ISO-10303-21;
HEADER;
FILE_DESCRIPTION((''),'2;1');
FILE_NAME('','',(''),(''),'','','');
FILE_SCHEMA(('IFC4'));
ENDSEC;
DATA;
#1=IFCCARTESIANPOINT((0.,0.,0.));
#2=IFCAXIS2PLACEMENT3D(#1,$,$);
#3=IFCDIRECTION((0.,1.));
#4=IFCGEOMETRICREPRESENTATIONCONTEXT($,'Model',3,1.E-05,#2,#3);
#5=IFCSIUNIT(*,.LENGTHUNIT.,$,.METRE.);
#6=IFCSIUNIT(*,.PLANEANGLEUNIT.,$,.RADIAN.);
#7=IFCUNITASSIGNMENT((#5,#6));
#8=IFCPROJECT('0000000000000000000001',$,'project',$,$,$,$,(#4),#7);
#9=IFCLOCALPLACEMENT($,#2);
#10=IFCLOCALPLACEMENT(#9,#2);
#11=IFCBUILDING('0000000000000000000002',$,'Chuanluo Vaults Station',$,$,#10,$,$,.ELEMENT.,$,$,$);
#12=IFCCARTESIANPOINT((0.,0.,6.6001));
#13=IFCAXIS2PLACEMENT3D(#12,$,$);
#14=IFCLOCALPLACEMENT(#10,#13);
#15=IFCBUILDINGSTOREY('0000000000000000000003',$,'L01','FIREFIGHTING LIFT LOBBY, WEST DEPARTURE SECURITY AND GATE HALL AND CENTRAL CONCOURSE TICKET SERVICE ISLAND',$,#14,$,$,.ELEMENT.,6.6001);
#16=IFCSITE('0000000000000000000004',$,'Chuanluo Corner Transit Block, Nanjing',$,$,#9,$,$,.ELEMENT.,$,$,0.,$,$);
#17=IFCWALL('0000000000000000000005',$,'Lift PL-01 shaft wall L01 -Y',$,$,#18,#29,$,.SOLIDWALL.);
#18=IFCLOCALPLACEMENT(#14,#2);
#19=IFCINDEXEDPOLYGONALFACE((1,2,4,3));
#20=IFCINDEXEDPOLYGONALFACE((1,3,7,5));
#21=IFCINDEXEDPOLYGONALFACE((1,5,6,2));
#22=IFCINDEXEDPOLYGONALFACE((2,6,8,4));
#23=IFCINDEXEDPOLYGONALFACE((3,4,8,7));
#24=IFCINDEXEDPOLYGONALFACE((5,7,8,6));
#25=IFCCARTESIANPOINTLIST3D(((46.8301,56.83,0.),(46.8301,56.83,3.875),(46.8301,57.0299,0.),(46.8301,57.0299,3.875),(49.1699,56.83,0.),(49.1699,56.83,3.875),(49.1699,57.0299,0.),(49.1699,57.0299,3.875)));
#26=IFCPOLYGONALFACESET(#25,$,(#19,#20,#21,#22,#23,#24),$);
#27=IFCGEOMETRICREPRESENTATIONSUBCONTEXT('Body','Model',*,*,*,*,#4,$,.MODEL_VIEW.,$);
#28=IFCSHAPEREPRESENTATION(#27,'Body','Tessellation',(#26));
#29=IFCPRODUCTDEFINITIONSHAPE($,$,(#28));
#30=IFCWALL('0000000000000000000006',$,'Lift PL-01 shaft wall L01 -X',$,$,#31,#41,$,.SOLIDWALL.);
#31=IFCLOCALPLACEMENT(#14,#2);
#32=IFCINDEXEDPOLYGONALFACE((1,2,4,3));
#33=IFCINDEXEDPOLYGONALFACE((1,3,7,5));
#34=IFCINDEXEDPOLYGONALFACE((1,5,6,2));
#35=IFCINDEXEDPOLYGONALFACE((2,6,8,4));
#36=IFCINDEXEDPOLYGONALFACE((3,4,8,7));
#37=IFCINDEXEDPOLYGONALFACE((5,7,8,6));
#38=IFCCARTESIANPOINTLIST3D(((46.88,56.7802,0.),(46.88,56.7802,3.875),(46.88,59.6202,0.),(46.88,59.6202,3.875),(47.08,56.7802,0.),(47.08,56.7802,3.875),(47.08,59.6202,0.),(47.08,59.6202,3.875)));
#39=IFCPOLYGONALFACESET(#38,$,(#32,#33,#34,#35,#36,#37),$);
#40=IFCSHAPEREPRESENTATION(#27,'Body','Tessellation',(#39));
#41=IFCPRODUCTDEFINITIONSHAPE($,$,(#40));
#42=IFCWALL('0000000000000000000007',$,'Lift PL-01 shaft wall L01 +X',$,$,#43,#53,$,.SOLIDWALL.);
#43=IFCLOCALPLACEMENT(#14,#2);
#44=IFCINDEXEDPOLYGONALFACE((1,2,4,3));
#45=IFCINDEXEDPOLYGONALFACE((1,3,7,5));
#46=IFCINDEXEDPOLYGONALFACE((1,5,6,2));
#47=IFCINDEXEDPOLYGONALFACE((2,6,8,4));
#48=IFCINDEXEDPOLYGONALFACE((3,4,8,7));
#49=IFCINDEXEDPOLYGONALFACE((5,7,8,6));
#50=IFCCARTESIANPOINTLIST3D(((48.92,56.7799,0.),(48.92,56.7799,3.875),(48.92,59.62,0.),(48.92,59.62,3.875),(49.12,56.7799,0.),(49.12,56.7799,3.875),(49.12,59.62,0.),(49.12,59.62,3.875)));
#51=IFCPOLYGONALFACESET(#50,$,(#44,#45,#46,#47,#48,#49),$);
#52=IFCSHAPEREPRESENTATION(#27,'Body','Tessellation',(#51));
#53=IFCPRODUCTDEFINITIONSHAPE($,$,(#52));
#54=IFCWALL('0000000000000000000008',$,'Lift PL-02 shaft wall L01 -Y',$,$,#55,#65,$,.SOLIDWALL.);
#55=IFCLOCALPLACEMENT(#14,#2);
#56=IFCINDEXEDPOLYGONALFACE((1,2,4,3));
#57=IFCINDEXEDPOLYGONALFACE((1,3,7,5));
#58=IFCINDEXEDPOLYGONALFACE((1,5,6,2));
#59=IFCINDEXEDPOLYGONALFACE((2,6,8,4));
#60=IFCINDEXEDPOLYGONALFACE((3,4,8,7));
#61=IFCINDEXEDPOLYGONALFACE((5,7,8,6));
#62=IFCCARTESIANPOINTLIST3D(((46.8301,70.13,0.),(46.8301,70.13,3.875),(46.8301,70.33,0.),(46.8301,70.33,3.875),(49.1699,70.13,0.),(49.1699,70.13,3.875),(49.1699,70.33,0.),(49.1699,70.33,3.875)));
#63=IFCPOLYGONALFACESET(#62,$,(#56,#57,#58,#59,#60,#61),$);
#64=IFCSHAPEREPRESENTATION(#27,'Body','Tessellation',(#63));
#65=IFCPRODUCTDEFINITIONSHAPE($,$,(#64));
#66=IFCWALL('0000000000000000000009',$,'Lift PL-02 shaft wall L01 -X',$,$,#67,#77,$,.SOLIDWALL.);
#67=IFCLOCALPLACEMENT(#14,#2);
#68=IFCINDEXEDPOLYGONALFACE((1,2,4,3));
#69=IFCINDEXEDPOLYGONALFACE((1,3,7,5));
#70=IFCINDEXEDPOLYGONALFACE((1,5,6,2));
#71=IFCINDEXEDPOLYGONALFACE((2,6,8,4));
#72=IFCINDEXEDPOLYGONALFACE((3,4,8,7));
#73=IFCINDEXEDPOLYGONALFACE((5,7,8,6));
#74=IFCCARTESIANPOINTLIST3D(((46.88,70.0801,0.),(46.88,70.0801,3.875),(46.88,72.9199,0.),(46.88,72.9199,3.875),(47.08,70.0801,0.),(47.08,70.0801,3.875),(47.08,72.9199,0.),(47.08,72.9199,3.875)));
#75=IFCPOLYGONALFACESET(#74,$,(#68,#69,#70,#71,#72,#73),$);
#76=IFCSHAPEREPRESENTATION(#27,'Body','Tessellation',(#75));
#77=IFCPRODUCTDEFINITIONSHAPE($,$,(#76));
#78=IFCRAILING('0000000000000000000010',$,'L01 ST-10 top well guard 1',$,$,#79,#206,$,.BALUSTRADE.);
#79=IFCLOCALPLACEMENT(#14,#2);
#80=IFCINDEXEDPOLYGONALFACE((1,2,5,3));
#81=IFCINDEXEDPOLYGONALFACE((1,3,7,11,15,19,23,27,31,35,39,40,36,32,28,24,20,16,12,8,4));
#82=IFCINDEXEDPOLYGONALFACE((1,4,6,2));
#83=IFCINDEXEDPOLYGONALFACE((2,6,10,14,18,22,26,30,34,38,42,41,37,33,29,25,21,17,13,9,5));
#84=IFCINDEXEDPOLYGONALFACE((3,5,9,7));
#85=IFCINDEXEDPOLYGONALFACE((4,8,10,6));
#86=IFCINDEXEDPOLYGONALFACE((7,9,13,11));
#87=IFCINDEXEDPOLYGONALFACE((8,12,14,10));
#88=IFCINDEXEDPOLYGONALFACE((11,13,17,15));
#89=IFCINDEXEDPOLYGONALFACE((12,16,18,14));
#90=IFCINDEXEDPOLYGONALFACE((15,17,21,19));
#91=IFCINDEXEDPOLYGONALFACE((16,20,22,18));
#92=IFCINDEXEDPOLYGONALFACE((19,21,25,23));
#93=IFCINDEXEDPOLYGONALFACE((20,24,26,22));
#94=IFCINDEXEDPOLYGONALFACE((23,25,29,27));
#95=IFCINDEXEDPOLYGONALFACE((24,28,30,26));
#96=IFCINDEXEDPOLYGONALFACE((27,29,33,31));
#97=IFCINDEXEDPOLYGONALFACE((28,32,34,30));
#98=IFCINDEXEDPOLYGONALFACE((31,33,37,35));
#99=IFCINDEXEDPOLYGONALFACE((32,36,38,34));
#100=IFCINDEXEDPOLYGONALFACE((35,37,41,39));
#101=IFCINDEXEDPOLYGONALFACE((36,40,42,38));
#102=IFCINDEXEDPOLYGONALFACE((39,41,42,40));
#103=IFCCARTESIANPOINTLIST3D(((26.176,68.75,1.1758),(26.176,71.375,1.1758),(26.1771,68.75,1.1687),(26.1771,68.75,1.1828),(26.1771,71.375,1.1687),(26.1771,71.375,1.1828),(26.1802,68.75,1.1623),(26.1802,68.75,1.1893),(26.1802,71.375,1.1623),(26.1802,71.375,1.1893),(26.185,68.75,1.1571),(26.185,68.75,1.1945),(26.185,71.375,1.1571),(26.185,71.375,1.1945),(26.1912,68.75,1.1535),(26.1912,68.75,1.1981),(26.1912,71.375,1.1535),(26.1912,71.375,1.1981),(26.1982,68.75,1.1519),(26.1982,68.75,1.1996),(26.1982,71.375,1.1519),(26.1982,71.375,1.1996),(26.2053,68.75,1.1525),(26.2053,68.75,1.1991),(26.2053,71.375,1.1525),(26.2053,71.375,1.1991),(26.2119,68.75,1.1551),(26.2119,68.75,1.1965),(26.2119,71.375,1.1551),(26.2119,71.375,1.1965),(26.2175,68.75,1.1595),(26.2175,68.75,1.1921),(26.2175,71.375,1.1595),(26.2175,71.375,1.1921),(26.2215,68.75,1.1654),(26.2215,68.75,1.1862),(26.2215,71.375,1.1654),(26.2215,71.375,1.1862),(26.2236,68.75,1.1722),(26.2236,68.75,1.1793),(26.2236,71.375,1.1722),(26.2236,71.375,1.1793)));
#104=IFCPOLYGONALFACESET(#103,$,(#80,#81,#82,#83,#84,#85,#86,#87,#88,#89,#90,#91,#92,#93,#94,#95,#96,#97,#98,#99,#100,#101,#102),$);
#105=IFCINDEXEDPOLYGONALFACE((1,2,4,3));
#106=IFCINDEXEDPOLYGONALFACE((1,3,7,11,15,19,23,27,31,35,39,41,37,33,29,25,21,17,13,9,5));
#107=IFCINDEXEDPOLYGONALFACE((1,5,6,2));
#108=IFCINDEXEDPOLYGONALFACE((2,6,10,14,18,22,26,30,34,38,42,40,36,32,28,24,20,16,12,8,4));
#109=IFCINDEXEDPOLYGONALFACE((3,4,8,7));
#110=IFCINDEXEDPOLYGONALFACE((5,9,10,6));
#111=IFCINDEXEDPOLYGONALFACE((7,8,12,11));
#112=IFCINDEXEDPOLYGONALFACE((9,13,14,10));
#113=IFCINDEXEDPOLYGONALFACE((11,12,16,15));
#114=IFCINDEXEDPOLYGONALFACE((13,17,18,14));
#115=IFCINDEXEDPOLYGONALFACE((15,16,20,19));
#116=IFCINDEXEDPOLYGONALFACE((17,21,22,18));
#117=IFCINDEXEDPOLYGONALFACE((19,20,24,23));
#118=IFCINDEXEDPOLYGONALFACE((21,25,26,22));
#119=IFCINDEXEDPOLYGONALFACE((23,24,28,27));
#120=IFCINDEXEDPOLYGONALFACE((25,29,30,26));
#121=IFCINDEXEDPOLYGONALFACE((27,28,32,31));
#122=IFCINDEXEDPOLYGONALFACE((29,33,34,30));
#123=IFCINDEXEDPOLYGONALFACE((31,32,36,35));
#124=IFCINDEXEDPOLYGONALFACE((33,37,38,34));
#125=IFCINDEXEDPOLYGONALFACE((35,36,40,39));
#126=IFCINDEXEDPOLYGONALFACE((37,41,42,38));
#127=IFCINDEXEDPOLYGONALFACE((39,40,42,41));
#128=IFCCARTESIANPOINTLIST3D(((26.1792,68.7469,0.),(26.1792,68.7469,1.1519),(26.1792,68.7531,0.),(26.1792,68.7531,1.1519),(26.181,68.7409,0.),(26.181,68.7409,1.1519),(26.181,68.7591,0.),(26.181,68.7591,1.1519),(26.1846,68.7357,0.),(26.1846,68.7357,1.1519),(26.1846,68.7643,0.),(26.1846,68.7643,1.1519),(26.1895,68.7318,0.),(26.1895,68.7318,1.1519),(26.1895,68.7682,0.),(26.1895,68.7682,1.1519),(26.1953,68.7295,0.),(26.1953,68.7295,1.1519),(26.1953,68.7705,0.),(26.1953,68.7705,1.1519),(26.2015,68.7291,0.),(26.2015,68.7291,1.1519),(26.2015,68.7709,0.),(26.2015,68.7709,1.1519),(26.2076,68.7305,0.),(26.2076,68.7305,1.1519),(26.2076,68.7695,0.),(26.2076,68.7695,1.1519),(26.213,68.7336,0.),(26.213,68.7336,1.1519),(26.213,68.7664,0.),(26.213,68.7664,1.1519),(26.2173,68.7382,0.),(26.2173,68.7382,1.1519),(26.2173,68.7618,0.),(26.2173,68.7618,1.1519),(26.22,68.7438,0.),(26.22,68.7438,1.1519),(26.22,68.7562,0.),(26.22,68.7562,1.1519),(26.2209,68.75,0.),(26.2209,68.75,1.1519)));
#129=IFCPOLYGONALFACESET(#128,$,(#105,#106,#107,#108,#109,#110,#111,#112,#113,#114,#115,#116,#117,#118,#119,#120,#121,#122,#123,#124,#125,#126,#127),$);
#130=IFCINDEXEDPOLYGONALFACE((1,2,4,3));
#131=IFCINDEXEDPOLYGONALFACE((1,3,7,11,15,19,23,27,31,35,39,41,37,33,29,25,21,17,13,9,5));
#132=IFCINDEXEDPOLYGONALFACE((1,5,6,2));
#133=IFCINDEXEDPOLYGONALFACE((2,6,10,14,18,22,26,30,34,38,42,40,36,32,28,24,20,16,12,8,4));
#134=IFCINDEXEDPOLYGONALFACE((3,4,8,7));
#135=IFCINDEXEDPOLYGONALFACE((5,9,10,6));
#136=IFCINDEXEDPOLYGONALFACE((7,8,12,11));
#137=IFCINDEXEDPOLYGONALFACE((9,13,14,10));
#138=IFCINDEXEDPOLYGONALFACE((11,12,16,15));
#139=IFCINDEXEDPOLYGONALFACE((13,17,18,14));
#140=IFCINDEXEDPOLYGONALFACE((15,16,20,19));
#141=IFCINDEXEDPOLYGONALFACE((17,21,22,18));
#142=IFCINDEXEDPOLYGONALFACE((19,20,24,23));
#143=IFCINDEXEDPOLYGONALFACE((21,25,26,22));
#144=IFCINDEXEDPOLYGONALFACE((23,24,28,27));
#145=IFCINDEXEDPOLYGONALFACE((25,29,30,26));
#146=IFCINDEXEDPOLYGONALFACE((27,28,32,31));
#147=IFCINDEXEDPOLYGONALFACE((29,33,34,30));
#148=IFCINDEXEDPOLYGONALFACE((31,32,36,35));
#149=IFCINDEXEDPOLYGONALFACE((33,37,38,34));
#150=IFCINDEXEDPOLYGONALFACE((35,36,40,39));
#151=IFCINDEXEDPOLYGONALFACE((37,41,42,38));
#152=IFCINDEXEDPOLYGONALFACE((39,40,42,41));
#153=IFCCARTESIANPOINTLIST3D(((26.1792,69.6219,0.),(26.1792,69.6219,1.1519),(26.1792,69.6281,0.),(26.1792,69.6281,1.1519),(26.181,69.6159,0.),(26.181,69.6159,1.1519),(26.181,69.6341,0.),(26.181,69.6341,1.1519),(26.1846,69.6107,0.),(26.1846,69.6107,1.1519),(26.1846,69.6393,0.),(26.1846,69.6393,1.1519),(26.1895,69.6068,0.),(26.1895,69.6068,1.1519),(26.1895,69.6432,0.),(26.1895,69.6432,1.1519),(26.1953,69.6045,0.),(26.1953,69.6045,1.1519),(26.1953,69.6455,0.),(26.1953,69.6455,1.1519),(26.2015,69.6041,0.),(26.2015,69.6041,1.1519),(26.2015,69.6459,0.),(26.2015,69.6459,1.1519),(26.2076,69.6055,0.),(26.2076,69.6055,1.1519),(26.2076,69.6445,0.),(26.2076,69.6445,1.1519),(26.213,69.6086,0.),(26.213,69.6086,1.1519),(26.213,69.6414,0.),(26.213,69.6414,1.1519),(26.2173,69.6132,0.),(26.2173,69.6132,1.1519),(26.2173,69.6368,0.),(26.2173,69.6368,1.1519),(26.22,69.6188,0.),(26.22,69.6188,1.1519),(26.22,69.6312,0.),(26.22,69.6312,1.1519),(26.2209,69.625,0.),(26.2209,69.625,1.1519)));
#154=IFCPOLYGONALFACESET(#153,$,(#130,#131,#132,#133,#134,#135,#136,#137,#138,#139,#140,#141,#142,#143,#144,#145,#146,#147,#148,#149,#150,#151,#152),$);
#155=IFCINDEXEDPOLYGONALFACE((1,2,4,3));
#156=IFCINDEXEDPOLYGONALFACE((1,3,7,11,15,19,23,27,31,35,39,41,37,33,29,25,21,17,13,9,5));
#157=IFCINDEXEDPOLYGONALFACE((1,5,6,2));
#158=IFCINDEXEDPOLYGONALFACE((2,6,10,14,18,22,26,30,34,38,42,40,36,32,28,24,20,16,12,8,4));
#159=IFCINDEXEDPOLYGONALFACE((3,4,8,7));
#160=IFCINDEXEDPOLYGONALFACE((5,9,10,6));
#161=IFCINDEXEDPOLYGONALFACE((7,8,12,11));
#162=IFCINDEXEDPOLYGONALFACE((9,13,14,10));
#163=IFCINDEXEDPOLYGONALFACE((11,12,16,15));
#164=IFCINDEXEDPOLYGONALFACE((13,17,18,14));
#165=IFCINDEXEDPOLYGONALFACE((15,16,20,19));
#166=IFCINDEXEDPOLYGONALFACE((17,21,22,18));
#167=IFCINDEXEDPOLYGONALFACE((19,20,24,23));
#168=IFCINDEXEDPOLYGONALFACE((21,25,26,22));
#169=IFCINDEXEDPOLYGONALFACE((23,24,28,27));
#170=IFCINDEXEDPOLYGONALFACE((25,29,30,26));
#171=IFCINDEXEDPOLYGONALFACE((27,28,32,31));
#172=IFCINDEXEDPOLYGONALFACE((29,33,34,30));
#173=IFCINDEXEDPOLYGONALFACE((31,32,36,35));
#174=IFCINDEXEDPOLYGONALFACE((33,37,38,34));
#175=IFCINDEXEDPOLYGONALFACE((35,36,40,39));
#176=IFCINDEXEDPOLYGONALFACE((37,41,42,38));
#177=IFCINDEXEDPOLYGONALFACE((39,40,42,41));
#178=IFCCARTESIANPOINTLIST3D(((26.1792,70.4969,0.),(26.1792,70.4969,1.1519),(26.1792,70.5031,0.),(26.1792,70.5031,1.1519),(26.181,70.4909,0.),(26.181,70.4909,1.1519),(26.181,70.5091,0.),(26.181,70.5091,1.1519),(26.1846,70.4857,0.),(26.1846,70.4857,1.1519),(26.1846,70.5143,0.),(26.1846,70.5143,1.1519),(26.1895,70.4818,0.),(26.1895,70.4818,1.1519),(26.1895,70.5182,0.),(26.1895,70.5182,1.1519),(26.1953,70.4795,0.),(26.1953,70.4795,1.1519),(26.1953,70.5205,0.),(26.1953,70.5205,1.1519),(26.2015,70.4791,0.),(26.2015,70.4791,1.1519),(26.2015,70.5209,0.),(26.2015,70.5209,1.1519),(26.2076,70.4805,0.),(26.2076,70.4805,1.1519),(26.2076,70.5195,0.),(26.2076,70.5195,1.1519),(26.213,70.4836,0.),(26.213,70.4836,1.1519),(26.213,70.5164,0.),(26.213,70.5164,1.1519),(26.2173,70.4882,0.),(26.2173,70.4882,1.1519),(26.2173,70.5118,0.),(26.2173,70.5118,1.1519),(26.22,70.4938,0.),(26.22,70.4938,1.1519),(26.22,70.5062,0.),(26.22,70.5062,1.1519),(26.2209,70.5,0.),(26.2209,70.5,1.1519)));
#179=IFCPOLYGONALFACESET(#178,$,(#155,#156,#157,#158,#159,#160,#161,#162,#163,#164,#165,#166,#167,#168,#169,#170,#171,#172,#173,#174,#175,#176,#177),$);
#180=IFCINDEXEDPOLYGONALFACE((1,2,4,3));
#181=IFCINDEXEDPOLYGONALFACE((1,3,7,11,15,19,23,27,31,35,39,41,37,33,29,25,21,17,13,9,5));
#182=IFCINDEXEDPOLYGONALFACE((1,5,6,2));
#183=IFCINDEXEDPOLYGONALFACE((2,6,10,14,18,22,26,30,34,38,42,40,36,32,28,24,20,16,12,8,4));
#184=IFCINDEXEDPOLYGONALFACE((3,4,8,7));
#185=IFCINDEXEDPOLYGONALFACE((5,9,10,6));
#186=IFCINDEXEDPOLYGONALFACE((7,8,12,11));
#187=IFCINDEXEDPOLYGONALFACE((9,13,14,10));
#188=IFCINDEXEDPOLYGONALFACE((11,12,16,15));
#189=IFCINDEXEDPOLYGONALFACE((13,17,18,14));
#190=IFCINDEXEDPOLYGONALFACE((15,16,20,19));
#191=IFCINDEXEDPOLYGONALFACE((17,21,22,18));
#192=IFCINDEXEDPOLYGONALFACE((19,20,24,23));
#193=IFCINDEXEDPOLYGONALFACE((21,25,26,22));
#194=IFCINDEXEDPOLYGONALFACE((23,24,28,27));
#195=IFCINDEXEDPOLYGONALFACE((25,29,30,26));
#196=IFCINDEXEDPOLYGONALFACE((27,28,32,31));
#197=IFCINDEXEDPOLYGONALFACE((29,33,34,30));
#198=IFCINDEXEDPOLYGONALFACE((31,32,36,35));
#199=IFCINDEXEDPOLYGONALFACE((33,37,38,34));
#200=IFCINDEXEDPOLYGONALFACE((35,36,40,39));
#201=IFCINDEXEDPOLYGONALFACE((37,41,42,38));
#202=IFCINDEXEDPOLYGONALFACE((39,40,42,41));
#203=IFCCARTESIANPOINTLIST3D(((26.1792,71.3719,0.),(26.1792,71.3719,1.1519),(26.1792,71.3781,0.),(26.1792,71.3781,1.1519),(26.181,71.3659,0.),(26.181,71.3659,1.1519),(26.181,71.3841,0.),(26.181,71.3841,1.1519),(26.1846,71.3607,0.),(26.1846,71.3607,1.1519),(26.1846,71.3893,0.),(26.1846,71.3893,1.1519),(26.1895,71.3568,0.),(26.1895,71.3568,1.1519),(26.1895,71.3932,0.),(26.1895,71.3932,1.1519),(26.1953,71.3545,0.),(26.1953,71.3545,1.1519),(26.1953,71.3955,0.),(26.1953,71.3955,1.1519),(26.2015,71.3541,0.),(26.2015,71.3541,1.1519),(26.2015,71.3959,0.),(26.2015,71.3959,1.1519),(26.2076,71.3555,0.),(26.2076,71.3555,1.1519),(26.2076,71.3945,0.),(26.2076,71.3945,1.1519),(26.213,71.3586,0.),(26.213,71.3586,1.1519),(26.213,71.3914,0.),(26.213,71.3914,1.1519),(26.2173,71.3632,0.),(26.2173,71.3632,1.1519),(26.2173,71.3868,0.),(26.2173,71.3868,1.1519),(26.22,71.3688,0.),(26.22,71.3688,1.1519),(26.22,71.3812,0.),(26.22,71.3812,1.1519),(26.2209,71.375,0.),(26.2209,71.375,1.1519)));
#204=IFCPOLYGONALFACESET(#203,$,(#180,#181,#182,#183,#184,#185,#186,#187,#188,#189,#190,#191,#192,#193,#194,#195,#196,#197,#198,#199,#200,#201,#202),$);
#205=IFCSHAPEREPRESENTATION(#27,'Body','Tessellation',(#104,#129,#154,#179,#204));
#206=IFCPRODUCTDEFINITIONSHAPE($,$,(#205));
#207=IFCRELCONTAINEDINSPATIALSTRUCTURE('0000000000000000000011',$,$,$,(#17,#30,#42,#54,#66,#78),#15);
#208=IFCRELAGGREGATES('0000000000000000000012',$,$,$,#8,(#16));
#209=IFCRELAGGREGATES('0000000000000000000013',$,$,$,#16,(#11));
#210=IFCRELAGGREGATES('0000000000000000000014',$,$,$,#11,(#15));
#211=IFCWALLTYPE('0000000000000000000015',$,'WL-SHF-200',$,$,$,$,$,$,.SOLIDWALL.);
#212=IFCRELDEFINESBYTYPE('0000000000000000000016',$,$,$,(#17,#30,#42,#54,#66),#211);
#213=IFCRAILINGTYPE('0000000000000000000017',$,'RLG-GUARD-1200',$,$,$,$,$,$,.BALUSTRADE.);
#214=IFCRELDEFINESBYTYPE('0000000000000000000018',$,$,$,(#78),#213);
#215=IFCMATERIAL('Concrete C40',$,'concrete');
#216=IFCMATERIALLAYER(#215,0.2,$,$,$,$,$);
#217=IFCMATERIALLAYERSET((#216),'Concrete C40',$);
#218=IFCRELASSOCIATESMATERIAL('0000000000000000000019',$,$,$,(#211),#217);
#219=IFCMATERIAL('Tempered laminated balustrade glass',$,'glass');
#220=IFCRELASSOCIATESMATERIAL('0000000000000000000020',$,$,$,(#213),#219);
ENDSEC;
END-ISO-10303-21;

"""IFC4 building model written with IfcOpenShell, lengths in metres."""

from ifc_helpers import new_model, si_unit, direction, frame, frame_2d, origin, origin_2d, place, context, subcontext, project, spatial, rectangle, circle, extrude, material, layer, layer_set, type_object, element, save


model = new_model("IFC4")

# Units and contexts
model_context = context("Model", 3, precision=1e-05, world=origin(), true_north=direction((0.0, 1.0)))
body_context = subcontext(model_context, "Body", "Model", "MODEL_VIEW")
ifc_project = project(units=[si_unit("LENGTHUNIT", "METRE"), si_unit("PLANEANGLEUNIT", "RADIAN")], contexts=[model_context])

# Site, building, storey
site_placement = place(None, origin())
site = spatial("IfcSite", under=ifc_project, at=site_placement, Name="Chuanluo Corner Transit Block, Nanjing", CompositionType="ELEMENT", RefElevation=0.0)
building_placement = place(site_placement, origin())
building = spatial("IfcBuilding", under=site, at=building_placement, Name="Chuanluo Vaults Station", CompositionType="ELEMENT")
storey_placement = place(building_placement, frame((0.0, 0.0, 6.6001)))
storey = spatial("IfcBuildingStorey", under=building, at=storey_placement, Name="L01", Description="FIREFIGHTING LIFT LOBBY, WEST DEPARTURE SECURITY AND GATE HALL AND CENTRAL CONCOURSE TICKET SERVICE ISLAND", CompositionType="ELEMENT", Elevation=6.6001)

# Walls
ifc_material_1 = material(Name="Concrete C40", Category="concrete")
ifc_layer_1 = layer(ifc_material_1, 0.2)
ifc_layer_set_1 = layer_set([ifc_layer_1], Name="Concrete C40")
wall_type = type_object("IfcWallType", Name="WL-SHF-200", PredefinedType="SOLIDWALL", material=ifc_layer_set_1)
wall_1_placement = place(storey_placement, frame((46.8301, 56.9299, 0.0), z_axis=(0.0, 0.0, 1.0), x_axis=(1.0, 0.0, 0.0)))
element("IfcWall", 1, at=wall_1_placement, inside=storey, type_object=wall_type, Name="Lift PL-01 shaft wall L01 -Y", PredefinedType="SOLIDWALL", context=body_context, shape_type="SweptSolid", body=[
    extrude(rectangle(XDim=2.3398, YDim=0.2, at=frame_2d((1.1699, 0.0))), origin(), (0.0, 0.0, 1.0), 3.875),
])
for number, where, z_axis, x_axis, name in (
    (2, (46.98, 59.6201, 0.0), (0.0, 0.0, 1.0), (0.0, -1.0, 0.0), "Lift PL-01 shaft wall L01 -X"),
    (3, (49.02, 56.78, 0.0), (0.0, 0.0, 1.0), (0.0, 1.0, 0.0), "Lift PL-01 shaft wall L01 +X"),
):
    element("IfcWall", number, at=place(storey_placement, frame(where, z_axis=z_axis, x_axis=x_axis)), inside=storey, type_object=wall_type, Name=name, PredefinedType="SOLIDWALL", context=body_context, shape_type="SweptSolid", body=[
        extrude(rectangle(XDim=2.8401, YDim=0.2, at=frame_2d((1.4199, 0.0))), origin(), (0.0, 0.0, 1.0), 3.875),
    ])
wall_2_placement = place(storey_placement, frame((46.8301, 70.23, 0.0), z_axis=(0.0, 0.0, 1.0), x_axis=(1.0, 0.0, 0.0)))
element("IfcWall", 4, at=wall_2_placement, inside=storey, type_object=wall_type, Name="Lift PL-02 shaft wall L01 -Y", PredefinedType="SOLIDWALL", context=body_context, shape_type="SweptSolid", body=[
    extrude(rectangle(XDim=2.3398, YDim=0.2, at=frame_2d((1.1699, 0.0))), origin(), (0.0, 0.0, 1.0), 3.875),
])
wall_3_placement = place(storey_placement, frame((46.98, 72.9199, 0.0), z_axis=(0.0, 0.0, 1.0), x_axis=(0.0, -1.0, 0.0)))
element("IfcWall", 5, at=wall_3_placement, inside=storey, type_object=wall_type, Name="Lift PL-02 shaft wall L01 -X", PredefinedType="SOLIDWALL", context=body_context, shape_type="SweptSolid", body=[
    extrude(rectangle(XDim=2.8398, YDim=0.2, at=frame_2d((1.4199, 0.0))), origin(), (0.0, 0.0, 1.0), 3.875),
])

# Railing
ifc_material_2 = material(Name="Tempered laminated balustrade glass", Category="glass")
railing_type = type_object("IfcRailingType", Name="RLG-GUARD-1200", PredefinedType="BALUSTRADE", material=ifc_material_2)
railing_placement = place(storey_placement, frame((26.2, 68.75, 0.0)))
element("IfcRailing", 6, at=railing_placement, inside=storey, type_object=railing_type, Name="L01 ST-10 top well guard 1", PredefinedType="BALUSTRADE", context=body_context, shape_type="SweptSolid", body=[
    extrude(circle(Radius=0.0239, at=origin_2d()), frame((0.0, 0.0, 1.1758), z_axis=(0.0, 1.0, 0.0), x_axis=(-1.0, 0.0, 0.0)), (0.0, 0.0, 1.0), 2.625),
    extrude(circle(Radius=0.021, at=origin_2d()), origin(), (0.0, 0.0, 1.0), 1.1519),
    extrude(circle(Radius=0.021, at=origin_2d()), frame((0.0, 0.875, 0.0)), (0.0, 0.0, 1.0), 1.1519),
    extrude(circle(Radius=0.021, at=origin_2d()), frame((0.0, 1.75, 0.0)), (0.0, 0.0, 1.0), 1.1519),
    extrude(circle(Radius=0.021, at=origin_2d()), frame((0.0, 2.625, 0.0)), (0.0, 0.0, 1.0), 1.1519),
])

save(model, "model.ifc")
